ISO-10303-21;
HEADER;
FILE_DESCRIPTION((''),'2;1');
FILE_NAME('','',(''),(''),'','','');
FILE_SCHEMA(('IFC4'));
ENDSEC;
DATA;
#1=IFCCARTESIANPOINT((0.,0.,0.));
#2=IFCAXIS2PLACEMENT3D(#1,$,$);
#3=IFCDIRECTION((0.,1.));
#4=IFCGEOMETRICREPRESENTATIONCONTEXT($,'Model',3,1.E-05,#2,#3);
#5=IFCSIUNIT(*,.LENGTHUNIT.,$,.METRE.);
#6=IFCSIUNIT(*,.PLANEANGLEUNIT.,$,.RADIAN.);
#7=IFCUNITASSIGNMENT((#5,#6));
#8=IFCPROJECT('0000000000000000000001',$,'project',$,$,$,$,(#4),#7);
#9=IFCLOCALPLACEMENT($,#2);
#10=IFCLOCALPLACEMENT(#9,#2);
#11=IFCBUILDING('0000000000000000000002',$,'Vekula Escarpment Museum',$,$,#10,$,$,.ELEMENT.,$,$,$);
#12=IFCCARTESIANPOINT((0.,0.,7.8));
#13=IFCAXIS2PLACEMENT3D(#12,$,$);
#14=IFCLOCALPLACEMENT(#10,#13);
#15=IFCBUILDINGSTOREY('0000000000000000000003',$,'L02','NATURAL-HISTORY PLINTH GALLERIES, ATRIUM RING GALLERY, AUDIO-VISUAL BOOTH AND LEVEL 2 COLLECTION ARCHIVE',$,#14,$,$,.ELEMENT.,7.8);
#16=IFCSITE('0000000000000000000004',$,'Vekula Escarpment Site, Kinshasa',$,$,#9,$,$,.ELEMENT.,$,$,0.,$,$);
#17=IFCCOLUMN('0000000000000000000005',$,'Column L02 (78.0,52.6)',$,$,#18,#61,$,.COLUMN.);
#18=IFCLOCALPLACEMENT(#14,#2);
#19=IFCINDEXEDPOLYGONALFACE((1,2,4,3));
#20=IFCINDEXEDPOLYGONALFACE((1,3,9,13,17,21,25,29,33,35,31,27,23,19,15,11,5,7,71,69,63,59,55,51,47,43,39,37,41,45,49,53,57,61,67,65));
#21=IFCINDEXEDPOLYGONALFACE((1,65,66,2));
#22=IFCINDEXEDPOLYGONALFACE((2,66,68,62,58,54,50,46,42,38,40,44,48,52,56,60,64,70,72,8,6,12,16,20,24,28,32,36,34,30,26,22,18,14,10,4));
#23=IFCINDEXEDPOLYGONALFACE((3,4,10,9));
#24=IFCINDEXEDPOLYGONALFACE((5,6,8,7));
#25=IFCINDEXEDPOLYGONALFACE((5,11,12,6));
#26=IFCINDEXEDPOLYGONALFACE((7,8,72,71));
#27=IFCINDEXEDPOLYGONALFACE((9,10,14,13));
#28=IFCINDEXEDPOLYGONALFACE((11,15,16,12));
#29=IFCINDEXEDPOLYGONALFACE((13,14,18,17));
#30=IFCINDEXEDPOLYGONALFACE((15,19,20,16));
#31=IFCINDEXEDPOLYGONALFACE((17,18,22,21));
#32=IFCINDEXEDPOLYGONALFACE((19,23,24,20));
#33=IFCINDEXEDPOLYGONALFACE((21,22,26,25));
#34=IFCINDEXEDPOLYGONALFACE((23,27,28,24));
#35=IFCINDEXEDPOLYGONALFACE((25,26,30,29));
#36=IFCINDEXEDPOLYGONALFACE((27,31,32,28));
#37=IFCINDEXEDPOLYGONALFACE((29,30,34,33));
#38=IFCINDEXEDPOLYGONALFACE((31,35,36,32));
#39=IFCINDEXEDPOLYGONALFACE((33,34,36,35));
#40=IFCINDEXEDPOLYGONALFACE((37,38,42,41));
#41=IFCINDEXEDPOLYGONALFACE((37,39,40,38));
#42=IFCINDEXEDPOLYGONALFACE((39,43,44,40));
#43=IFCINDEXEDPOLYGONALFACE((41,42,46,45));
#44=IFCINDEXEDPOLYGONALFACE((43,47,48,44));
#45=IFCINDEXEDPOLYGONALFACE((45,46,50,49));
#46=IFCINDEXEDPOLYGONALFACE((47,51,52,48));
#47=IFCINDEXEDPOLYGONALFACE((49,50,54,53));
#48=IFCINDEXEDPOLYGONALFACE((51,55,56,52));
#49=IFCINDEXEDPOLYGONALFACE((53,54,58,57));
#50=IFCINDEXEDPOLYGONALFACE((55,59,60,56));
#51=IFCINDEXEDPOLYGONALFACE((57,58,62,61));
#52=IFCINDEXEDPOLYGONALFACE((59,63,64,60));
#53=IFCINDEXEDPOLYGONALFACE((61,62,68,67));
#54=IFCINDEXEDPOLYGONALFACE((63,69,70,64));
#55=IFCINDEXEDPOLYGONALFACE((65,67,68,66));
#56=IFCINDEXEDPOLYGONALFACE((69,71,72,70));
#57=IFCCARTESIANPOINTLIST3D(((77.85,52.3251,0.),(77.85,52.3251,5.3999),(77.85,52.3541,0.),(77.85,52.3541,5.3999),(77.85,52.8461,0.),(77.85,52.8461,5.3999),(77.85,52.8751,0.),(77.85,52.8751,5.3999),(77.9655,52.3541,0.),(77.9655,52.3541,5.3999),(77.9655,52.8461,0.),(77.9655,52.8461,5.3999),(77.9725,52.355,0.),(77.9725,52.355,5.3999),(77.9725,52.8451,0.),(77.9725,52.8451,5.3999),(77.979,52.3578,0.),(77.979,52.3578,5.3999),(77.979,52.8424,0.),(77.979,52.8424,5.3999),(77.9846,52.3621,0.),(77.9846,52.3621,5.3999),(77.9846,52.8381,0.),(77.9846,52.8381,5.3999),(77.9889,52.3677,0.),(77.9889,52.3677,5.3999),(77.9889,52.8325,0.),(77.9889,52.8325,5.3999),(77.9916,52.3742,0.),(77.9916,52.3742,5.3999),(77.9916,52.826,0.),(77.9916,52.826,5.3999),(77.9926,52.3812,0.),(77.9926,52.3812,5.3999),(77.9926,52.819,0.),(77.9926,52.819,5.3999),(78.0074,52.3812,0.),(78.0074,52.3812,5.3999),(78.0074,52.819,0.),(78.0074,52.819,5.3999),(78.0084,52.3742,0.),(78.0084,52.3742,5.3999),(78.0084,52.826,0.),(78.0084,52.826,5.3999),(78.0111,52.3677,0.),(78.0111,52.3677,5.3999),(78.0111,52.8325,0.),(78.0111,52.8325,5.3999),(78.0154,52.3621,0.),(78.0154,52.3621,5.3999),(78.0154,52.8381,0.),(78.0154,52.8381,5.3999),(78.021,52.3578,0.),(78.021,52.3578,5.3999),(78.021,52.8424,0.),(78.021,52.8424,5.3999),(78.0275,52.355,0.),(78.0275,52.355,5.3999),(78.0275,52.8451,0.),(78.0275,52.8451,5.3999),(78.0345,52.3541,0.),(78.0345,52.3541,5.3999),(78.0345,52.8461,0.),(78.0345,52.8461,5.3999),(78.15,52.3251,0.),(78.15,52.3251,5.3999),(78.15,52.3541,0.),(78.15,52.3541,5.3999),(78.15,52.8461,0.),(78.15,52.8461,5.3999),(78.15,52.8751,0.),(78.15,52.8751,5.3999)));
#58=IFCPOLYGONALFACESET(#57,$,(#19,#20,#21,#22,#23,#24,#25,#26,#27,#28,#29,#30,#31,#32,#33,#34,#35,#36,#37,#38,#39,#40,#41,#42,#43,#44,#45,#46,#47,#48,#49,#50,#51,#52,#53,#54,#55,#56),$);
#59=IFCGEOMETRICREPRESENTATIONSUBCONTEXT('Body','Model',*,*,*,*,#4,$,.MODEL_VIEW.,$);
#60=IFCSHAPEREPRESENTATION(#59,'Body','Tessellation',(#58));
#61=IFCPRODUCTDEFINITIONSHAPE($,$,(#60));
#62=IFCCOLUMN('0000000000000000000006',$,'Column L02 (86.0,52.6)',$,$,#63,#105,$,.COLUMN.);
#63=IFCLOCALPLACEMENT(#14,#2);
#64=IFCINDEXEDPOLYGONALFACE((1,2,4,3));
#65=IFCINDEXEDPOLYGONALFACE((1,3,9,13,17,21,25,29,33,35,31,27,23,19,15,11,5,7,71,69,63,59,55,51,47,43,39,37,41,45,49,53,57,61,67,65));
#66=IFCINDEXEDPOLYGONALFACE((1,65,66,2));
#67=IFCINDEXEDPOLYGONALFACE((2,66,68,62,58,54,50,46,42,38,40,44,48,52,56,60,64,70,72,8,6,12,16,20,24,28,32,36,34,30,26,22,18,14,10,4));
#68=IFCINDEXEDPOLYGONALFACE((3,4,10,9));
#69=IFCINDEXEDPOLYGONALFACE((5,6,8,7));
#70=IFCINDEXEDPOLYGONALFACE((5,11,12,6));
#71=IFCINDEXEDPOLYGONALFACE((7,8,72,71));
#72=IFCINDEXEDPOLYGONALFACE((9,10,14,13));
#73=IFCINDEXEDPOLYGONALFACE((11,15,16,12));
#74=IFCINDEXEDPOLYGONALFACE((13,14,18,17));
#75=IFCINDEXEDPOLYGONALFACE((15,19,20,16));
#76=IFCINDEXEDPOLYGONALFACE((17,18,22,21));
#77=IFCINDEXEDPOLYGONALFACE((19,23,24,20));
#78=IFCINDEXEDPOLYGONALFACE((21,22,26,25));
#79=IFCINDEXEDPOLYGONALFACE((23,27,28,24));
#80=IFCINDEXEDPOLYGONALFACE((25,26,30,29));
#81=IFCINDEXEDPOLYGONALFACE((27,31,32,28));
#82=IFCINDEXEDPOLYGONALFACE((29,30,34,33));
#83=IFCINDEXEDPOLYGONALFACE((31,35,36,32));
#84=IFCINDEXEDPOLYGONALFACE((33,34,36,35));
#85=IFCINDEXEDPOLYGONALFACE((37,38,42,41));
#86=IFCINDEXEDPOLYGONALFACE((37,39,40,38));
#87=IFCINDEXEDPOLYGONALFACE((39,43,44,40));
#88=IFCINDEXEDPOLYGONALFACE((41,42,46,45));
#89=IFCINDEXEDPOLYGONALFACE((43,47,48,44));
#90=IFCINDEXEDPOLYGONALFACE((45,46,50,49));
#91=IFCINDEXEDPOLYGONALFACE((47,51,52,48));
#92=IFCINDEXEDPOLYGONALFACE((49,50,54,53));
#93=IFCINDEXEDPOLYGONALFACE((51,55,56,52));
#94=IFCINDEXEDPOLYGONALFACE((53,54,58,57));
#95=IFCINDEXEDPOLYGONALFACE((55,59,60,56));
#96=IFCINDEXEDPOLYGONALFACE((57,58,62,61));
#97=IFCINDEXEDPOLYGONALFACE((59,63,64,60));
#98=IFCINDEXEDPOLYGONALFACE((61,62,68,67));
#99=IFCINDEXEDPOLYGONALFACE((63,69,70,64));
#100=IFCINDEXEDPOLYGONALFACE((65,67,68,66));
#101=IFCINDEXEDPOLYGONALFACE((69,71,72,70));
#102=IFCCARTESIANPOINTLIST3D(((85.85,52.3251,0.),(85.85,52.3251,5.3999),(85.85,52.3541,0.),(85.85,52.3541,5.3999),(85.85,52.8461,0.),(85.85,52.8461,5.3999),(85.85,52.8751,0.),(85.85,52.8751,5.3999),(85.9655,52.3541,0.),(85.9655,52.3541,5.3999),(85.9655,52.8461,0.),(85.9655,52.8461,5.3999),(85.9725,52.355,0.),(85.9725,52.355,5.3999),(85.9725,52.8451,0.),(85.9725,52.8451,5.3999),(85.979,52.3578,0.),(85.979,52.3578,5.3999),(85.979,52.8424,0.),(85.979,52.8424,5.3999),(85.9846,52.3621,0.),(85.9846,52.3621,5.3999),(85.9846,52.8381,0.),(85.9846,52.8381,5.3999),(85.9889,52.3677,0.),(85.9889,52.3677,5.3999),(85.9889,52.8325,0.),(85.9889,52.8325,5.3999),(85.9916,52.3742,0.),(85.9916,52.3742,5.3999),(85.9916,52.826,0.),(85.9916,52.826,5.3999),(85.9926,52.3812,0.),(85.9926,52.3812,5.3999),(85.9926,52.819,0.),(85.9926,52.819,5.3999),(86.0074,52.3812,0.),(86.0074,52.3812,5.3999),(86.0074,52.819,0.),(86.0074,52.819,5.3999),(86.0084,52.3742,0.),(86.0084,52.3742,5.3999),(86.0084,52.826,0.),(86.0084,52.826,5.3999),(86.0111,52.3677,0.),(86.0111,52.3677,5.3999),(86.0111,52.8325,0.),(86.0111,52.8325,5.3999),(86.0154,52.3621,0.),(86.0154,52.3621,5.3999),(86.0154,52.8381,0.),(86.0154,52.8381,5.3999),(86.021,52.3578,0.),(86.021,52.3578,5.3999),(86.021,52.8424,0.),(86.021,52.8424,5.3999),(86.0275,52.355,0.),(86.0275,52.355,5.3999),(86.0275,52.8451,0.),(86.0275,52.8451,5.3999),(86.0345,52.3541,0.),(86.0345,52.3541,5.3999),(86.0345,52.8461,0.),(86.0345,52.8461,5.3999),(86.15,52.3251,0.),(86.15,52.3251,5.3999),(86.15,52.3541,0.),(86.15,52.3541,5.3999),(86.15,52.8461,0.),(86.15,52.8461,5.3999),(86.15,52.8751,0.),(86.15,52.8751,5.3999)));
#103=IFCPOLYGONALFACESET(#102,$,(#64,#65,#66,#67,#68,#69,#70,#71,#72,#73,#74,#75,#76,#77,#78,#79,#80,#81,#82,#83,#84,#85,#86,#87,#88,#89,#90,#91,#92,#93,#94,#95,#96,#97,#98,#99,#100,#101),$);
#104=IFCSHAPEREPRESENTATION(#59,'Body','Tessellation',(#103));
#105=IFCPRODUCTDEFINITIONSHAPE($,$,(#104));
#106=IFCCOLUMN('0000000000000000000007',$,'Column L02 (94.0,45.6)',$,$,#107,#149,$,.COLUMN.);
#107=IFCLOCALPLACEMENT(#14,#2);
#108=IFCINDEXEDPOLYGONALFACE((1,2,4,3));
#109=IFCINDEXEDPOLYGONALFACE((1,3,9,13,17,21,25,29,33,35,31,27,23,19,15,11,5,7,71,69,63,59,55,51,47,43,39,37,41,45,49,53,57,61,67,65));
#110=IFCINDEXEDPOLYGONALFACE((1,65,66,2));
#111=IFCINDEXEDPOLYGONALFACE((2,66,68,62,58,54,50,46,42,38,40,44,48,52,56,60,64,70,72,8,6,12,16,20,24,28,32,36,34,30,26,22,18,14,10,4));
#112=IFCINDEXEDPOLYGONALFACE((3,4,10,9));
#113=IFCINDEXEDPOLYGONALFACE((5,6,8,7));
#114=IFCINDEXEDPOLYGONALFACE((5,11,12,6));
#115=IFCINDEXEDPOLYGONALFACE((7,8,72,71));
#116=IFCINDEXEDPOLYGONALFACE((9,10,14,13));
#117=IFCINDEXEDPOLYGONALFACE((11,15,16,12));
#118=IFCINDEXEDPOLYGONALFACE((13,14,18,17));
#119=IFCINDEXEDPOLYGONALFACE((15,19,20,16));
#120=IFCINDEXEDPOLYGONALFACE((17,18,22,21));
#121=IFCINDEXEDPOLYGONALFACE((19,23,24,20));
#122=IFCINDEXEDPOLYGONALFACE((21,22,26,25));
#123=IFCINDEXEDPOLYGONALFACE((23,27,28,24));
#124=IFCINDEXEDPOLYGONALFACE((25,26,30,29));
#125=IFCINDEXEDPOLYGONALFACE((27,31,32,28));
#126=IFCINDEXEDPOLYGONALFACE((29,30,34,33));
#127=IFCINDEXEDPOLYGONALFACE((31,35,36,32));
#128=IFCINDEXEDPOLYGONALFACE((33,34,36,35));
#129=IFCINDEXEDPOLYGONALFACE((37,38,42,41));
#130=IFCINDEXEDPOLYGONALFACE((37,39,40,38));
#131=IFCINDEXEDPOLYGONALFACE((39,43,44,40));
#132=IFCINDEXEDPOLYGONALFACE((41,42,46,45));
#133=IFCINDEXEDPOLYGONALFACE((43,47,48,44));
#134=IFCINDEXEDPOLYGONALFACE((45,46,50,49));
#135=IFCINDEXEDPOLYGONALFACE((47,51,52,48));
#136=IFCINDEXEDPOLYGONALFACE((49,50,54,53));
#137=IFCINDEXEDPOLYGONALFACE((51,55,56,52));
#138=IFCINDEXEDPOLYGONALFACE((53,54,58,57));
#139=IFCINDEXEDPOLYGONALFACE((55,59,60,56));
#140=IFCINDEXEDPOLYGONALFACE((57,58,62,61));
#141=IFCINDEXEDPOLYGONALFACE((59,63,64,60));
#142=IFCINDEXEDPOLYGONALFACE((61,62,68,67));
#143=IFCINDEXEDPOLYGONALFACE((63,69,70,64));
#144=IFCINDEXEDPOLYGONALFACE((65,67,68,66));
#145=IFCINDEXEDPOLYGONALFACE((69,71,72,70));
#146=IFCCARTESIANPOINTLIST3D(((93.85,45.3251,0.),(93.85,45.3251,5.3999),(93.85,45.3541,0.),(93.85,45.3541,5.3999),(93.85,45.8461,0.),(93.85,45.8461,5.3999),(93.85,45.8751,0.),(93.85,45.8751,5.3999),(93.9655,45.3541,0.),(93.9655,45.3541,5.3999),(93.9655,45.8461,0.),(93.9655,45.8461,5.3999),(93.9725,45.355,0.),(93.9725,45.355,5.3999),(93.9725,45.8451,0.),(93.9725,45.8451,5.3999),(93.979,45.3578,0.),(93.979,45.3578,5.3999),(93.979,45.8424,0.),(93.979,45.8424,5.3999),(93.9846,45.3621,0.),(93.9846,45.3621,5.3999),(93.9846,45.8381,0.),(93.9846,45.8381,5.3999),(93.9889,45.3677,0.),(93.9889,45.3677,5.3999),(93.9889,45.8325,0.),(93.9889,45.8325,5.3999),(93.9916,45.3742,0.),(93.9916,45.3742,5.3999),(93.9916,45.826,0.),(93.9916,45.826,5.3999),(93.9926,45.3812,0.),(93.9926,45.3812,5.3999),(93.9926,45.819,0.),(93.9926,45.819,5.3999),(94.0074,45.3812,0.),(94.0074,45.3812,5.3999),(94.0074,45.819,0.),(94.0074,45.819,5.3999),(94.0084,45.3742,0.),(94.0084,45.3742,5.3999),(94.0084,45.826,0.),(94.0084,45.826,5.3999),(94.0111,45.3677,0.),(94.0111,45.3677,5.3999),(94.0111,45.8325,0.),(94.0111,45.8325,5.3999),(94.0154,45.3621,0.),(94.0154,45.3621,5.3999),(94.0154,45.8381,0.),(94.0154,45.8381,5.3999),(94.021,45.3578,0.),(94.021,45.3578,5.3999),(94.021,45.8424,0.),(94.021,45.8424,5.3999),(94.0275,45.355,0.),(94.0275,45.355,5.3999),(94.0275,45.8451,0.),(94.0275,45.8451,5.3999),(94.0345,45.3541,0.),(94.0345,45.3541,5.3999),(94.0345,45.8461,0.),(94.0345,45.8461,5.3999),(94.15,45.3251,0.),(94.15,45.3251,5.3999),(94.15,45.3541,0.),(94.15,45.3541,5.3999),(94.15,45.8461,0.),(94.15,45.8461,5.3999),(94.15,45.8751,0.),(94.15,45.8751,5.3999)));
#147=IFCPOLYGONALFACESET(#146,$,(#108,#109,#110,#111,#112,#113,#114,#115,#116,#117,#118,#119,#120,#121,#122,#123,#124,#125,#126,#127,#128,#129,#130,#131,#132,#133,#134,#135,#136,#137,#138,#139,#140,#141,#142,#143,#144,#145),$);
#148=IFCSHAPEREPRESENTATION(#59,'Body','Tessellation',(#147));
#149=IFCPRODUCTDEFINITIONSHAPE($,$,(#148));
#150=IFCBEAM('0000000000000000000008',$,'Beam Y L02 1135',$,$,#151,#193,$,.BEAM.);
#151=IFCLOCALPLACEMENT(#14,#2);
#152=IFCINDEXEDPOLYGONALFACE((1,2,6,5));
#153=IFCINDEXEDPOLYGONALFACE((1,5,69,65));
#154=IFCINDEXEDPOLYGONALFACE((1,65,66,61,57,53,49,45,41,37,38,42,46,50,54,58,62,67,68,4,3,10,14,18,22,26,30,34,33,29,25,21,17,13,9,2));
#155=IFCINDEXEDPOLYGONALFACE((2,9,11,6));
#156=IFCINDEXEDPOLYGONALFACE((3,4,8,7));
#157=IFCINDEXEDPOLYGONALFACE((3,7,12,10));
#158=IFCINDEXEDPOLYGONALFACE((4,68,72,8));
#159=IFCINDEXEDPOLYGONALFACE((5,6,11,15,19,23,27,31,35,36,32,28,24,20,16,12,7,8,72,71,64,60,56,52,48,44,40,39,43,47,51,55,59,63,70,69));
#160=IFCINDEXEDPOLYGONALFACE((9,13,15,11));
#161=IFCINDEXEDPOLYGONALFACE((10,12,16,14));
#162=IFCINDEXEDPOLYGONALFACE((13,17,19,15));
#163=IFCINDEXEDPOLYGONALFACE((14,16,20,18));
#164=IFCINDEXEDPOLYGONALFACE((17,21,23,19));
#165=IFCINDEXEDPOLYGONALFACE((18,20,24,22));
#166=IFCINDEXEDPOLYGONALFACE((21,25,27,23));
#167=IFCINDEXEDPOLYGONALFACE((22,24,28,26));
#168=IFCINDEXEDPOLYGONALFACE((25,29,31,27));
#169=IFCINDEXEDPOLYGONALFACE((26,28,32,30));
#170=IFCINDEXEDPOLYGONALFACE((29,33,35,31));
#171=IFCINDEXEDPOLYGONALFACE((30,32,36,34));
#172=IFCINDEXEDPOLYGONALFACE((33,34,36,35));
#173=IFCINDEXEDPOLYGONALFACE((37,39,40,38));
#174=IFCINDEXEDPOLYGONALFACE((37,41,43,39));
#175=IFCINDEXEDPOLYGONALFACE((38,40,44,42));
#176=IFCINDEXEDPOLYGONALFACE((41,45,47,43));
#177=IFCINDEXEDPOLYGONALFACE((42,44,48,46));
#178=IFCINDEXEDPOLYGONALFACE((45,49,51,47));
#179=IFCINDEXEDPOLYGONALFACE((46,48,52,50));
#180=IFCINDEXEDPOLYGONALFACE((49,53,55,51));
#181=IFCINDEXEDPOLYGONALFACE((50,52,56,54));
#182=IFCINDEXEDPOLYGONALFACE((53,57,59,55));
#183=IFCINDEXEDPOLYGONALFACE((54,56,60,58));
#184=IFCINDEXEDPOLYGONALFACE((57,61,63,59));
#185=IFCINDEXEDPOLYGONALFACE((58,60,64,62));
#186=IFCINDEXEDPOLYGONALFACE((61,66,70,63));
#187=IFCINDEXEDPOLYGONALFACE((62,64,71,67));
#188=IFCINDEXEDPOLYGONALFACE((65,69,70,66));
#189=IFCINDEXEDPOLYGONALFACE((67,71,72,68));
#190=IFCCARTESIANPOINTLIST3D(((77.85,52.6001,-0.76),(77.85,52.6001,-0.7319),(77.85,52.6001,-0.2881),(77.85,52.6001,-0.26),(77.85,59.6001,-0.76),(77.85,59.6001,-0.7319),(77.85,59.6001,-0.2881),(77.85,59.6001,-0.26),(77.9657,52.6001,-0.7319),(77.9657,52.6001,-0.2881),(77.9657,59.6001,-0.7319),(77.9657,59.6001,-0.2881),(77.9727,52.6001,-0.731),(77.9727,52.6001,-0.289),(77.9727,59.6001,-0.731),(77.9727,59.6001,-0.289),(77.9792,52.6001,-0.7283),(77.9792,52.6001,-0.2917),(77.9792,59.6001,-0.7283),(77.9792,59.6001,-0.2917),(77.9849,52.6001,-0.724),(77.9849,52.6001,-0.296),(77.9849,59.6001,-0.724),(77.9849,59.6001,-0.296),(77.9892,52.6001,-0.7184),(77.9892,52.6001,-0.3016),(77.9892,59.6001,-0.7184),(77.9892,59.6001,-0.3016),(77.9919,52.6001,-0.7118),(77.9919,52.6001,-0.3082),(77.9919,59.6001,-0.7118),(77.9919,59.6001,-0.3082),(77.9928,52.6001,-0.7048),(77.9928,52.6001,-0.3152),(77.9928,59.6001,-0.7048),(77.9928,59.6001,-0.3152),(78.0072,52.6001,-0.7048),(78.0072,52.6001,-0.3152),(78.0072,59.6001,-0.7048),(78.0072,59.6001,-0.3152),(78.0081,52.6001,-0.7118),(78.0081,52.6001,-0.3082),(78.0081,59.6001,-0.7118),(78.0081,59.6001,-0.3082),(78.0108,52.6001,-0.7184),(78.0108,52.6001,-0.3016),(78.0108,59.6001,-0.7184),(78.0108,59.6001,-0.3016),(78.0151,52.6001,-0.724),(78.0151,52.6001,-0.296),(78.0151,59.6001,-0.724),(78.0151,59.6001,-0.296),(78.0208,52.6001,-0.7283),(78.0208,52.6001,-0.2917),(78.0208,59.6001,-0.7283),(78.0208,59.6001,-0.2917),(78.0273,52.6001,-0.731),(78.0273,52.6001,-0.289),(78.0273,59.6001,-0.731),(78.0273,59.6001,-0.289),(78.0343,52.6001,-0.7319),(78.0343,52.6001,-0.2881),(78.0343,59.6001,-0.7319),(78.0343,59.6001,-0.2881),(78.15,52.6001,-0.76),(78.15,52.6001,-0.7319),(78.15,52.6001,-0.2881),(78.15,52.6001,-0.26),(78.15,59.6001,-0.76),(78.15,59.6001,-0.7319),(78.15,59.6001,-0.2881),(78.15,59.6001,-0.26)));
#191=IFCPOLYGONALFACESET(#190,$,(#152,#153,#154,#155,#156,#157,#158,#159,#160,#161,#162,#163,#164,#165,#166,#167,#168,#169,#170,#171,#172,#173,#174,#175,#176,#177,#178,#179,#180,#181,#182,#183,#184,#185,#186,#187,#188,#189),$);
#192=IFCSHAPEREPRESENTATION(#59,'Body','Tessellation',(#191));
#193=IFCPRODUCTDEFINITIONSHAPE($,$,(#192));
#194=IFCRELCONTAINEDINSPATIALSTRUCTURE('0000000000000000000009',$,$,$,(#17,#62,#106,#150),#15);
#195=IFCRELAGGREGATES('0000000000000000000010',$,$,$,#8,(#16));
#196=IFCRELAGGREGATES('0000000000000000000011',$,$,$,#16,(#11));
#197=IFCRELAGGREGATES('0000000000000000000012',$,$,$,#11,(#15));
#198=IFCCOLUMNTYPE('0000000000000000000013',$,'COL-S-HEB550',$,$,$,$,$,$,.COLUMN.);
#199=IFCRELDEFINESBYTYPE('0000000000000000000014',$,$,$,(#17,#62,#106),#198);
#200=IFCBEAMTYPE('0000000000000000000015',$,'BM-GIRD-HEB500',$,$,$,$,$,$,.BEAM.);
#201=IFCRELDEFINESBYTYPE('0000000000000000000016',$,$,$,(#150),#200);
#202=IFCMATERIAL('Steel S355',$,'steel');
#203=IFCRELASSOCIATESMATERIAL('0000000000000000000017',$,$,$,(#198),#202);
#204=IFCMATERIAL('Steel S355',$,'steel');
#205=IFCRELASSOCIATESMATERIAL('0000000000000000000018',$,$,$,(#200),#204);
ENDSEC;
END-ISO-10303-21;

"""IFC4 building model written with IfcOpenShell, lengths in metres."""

from ifc_helpers import new_model, si_unit, direction, frame, origin, origin_2d, place, context, subcontext, project, spatial, i_section, extrude, material, material_profile, profile_set, type_object, element, save


model = new_model("IFC4")

# Units and contexts
model_context = context("Model", 3, precision=1e-05, world=origin(), true_north=direction((0.0, 1.0)))
body_context = subcontext(model_context, "Body", "Model", "MODEL_VIEW")
ifc_project = project(units=[si_unit("LENGTHUNIT", "METRE"), si_unit("PLANEANGLEUNIT", "RADIAN")], contexts=[model_context])

# Site, building, storey
site_placement = place(None, origin())
site = spatial("IfcSite", under=ifc_project, at=site_placement, Name="Vekula Escarpment Site, Kinshasa", CompositionType="ELEMENT", RefElevation=0.0)
building_placement = place(site_placement, origin())
building = spatial("IfcBuilding", under=site, at=building_placement, Name="Vekula Escarpment Museum", CompositionType="ELEMENT")
storey_placement = place(building_placement, frame((0.0, 0.0, 7.8)))
storey = spatial("IfcBuildingStorey", under=building, at=storey_placement, Name="L02", Description="NATURAL-HISTORY PLINTH GALLERIES, ATRIUM RING GALLERY, AUDIO-VISUAL BOOTH AND LEVEL 2 COLLECTION ARCHIVE", CompositionType="ELEMENT", Elevation=7.8)

# Columns
ifc_material_1 = material(Name="Steel S355", Category="steel")
ifc_material_profile_1 = material_profile(ifc_material_1, i_section(OverallWidth=0.3, OverallDepth=0.55, WebThickness=0.0149, FlangeThickness=0.0291, FilletRadius=0.0271, at=origin_2d()), Name="HEB 550")
ifc_profile_set_1 = profile_set([ifc_material_profile_1], Name="Steel S355")
column_type = type_object("IfcColumnType", Name="COL-S-HEB550", PredefinedType="COLUMN", material=ifc_profile_set_1)
for number, where, z_axis, x_axis, name in (
    (1, (78.0, 52.6001, 0.0), (0.0, 0.0, 1.0), (1.0, 0.0, 0.0), "Column L02 (78.0,52.6)"),
    (2, (86.0, 52.6001, 0.0), (0.0, 0.0, 1.0), (1.0, 0.0, 0.0), "Column L02 (86.0,52.6)"),
    (3, (94.0, 45.6001, 0.0), (0.0, 0.0, 1.0), (1.0, 0.0, 0.0), "Column L02 (94.0,45.6)"),
):
    element("IfcColumn", number, at=place(storey_placement, frame(where, z_axis=z_axis, x_axis=x_axis)), inside=storey, type_object=column_type, Name=name, PredefinedType="COLUMN", context=body_context, shape_type="SweptSolid", body=[
        extrude(i_section(OverallWidth=0.3, OverallDepth=0.55, WebThickness=0.0149, FlangeThickness=0.0291, FilletRadius=0.0271, at=origin_2d()), origin(), (0.0, 0.0, 1.0), 5.3999),
    ])

# Beam
ifc_material_2 = material(Name="Steel S355", Category="steel")
ifc_material_profile_2 = material_profile(ifc_material_2, i_section(OverallWidth=0.3, OverallDepth=0.5, WebThickness=0.0144, FlangeThickness=0.0281, FilletRadius=0.0271, at=origin_2d()), Name="HEB 500")
ifc_profile_set_2 = profile_set([ifc_material_profile_2], Name="Steel S355")
beam_type_1 = type_object("IfcBeamType", Name="BM-GIRD-HEB500", PredefinedType="BEAM", material=ifc_profile_set_2)
for number, where, z_axis, x_axis, name in (
    (4, (78.0, 52.6001, -0.51), (0.0, 1.0, 0.0), (-1.0, 0.0, 0.0), "Beam Y L02 1135"),
):
    element("IfcBeam", number, at=place(storey_placement, frame(where, z_axis=z_axis, x_axis=x_axis)), inside=storey, type_object=beam_type_1, Name=name, PredefinedType="BEAM", context=body_context, shape_type="SweptSolid", body=[
        extrude(i_section(OverallWidth=0.3, OverallDepth=0.5, WebThickness=0.0144, FlangeThickness=0.0281, FilletRadius=0.0271, at=origin_2d()), origin(), (0.0, 0.0, 1.0), 7.0),
    ])

save(model, "model.ifc")
